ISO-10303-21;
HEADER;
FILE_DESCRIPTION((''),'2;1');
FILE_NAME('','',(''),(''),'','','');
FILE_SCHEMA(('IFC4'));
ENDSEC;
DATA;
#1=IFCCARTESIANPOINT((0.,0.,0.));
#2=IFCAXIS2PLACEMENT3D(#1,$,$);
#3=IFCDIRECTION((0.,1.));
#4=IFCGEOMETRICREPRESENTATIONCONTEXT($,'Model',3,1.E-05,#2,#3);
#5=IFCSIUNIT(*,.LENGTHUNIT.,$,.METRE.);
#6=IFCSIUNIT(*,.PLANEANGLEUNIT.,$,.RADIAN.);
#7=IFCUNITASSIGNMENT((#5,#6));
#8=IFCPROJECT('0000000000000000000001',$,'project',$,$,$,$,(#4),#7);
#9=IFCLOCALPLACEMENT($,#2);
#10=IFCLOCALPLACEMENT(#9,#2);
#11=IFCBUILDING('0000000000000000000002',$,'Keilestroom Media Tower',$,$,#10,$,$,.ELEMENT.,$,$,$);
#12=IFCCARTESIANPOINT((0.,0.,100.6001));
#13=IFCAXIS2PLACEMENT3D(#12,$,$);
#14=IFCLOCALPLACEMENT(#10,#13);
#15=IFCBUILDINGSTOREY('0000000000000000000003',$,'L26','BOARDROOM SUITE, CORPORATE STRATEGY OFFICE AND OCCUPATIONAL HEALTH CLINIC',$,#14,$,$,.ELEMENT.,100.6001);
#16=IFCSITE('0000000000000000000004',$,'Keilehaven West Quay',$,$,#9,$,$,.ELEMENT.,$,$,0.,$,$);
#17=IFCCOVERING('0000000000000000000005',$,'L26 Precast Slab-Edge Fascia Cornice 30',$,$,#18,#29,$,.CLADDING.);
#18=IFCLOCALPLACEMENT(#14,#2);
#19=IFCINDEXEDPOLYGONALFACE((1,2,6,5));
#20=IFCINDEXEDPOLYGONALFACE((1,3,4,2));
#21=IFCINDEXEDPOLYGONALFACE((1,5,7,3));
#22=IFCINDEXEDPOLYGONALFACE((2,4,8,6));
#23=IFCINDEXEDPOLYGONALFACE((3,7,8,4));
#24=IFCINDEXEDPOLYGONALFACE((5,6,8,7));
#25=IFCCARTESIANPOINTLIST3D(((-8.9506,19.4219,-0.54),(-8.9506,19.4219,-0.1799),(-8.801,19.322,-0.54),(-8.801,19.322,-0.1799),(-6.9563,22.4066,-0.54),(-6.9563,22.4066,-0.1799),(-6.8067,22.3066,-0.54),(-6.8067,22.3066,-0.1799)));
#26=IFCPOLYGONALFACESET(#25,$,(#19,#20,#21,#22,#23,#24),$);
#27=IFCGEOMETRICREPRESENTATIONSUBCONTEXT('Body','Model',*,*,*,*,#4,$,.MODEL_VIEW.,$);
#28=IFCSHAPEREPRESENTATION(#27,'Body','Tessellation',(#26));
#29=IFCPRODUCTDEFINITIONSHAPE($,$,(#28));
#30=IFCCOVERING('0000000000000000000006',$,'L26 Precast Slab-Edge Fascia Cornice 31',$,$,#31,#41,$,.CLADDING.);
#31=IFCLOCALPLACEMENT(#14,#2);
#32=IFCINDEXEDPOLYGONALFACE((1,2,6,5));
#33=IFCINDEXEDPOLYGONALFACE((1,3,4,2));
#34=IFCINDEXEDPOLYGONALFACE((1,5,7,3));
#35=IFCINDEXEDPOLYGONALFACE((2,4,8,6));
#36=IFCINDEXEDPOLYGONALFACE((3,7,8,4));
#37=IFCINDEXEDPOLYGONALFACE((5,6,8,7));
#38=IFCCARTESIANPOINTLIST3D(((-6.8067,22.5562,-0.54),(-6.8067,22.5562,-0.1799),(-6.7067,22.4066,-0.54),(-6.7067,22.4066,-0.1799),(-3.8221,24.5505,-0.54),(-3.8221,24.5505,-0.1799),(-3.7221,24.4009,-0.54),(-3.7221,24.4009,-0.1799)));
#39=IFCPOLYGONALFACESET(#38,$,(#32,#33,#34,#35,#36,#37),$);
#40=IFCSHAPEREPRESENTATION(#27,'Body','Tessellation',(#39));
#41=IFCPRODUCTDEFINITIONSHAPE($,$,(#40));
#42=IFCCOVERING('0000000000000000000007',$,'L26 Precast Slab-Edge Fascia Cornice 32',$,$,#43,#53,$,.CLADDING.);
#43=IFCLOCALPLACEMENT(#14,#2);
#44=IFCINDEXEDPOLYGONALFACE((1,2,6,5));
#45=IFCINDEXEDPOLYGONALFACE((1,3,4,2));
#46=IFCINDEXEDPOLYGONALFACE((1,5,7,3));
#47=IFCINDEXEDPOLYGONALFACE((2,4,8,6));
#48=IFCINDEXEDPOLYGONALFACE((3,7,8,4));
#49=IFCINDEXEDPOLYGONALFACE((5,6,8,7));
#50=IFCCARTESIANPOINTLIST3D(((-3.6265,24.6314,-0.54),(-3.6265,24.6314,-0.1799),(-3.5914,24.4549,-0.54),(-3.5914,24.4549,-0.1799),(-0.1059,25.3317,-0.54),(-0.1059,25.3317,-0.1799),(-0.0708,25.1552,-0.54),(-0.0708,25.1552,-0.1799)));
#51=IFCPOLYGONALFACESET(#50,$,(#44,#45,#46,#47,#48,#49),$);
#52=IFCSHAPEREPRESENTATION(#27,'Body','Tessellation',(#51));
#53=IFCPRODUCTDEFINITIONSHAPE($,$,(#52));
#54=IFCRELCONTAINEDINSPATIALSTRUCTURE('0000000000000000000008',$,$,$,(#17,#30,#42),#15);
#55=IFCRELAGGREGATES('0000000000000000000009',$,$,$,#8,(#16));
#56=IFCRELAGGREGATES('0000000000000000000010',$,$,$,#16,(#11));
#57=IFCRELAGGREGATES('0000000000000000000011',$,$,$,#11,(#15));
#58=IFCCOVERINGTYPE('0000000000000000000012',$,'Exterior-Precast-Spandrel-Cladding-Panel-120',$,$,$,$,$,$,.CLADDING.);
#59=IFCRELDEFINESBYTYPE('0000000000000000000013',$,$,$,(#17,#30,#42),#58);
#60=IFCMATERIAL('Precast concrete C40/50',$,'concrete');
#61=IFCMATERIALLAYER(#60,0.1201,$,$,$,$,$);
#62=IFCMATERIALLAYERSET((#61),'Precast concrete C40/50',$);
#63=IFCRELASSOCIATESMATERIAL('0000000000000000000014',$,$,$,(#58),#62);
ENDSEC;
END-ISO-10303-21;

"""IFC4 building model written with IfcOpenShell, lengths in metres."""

from ifc_helpers import new_model, si_unit, direction, frame, origin, origin_2d, place, context, subcontext, project, spatial, rectangle, extrude, source, transform, mapped, material, layer, layer_set, type_object, element, save


model = new_model("IFC4")

# Units and contexts
model_context = context("Model", 3, precision=1e-05, world=origin(), true_north=direction((0.0, 1.0)))
body_context = subcontext(model_context, "Body", "Model", "MODEL_VIEW")
ifc_project = project(units=[si_unit("LENGTHUNIT", "METRE"), si_unit("PLANEANGLEUNIT", "RADIAN")], contexts=[model_context])

# Site, building, storey
site_placement = place(None, origin())
site = spatial("IfcSite", under=ifc_project, at=site_placement, Name="Keilehaven West Quay", CompositionType="ELEMENT", RefElevation=0.0)
building_placement = place(site_placement, origin())
building = spatial("IfcBuilding", under=site, at=building_placement, Name="Keilestroom Media Tower", CompositionType="ELEMENT")
storey_placement = place(building_placement, frame((0.0, 0.0, 100.6001)))
storey = spatial("IfcBuildingStorey", under=building, at=storey_placement, Name="L26", Description="BOARDROOM SUITE, CORPORATE STRATEGY OFFICE AND OCCUPATIONAL HEALTH CLINIC", CompositionType="ELEMENT", Elevation=100.6001)

# Shared definitions
ifc_material_1 = material(Name="Precast concrete C40/50", Category="concrete")

# Coverings
ifc_layer_1 = layer(ifc_material_1, 0.1201)
ifc_layer_set_1 = layer_set([ifc_layer_1], Name="Precast concrete C40/50")
covering_type = type_object("IfcCoveringType", Name="Exterior-Precast-Spandrel-Cladding-Panel-120", PredefinedType="CLADDING", material=ifc_layer_set_1)
shared_shape_1 = source(origin(), body_context, "Body", "SweptSolid", [
    extrude(rectangle(XDim=3.5896, YDim=0.1799, at=origin_2d()), origin(), (0.0, 0.0, 1.0), 0.3601),
])
for number, where, z_axis, x_axis, name in (
    (1, (-7.8787, 20.8643, -0.54), (0.0, 0.0, 1.0), (0.555575, 0.831467, 0.0), "L26 Precast Slab-Edge Fascia Cornice 30"),
    (2, (-5.2644, 23.4785, -0.54), (0.0, 0.0, 1.0), (0.831467, 0.555575, 0.0), "L26 Precast Slab-Edge Fascia Cornice 31"),
    (3, (-1.8486, 24.8933, -0.54), (0.0, 0.0, 1.0), (0.980784, 0.195099, 0.0), "L26 Precast Slab-Edge Fascia Cornice 32"),
):
    element("IfcCovering", number, at=place(storey_placement, frame(where, z_axis=z_axis, x_axis=x_axis)), inside=storey, type_object=covering_type, Name=name, PredefinedType="CLADDING", context=body_context, shape_type="MappedRepresentation", body=[
        mapped(shared_shape_1, transform((0.0, 0.0, 0.0), x_axis=(1.0, 0.0, 0.0), y_axis=(0.0, 1.0, 0.0), z_axis=(0.0, 0.0, 1.0), scale=1.0)),
    ])

save(model, "model.ifc")
